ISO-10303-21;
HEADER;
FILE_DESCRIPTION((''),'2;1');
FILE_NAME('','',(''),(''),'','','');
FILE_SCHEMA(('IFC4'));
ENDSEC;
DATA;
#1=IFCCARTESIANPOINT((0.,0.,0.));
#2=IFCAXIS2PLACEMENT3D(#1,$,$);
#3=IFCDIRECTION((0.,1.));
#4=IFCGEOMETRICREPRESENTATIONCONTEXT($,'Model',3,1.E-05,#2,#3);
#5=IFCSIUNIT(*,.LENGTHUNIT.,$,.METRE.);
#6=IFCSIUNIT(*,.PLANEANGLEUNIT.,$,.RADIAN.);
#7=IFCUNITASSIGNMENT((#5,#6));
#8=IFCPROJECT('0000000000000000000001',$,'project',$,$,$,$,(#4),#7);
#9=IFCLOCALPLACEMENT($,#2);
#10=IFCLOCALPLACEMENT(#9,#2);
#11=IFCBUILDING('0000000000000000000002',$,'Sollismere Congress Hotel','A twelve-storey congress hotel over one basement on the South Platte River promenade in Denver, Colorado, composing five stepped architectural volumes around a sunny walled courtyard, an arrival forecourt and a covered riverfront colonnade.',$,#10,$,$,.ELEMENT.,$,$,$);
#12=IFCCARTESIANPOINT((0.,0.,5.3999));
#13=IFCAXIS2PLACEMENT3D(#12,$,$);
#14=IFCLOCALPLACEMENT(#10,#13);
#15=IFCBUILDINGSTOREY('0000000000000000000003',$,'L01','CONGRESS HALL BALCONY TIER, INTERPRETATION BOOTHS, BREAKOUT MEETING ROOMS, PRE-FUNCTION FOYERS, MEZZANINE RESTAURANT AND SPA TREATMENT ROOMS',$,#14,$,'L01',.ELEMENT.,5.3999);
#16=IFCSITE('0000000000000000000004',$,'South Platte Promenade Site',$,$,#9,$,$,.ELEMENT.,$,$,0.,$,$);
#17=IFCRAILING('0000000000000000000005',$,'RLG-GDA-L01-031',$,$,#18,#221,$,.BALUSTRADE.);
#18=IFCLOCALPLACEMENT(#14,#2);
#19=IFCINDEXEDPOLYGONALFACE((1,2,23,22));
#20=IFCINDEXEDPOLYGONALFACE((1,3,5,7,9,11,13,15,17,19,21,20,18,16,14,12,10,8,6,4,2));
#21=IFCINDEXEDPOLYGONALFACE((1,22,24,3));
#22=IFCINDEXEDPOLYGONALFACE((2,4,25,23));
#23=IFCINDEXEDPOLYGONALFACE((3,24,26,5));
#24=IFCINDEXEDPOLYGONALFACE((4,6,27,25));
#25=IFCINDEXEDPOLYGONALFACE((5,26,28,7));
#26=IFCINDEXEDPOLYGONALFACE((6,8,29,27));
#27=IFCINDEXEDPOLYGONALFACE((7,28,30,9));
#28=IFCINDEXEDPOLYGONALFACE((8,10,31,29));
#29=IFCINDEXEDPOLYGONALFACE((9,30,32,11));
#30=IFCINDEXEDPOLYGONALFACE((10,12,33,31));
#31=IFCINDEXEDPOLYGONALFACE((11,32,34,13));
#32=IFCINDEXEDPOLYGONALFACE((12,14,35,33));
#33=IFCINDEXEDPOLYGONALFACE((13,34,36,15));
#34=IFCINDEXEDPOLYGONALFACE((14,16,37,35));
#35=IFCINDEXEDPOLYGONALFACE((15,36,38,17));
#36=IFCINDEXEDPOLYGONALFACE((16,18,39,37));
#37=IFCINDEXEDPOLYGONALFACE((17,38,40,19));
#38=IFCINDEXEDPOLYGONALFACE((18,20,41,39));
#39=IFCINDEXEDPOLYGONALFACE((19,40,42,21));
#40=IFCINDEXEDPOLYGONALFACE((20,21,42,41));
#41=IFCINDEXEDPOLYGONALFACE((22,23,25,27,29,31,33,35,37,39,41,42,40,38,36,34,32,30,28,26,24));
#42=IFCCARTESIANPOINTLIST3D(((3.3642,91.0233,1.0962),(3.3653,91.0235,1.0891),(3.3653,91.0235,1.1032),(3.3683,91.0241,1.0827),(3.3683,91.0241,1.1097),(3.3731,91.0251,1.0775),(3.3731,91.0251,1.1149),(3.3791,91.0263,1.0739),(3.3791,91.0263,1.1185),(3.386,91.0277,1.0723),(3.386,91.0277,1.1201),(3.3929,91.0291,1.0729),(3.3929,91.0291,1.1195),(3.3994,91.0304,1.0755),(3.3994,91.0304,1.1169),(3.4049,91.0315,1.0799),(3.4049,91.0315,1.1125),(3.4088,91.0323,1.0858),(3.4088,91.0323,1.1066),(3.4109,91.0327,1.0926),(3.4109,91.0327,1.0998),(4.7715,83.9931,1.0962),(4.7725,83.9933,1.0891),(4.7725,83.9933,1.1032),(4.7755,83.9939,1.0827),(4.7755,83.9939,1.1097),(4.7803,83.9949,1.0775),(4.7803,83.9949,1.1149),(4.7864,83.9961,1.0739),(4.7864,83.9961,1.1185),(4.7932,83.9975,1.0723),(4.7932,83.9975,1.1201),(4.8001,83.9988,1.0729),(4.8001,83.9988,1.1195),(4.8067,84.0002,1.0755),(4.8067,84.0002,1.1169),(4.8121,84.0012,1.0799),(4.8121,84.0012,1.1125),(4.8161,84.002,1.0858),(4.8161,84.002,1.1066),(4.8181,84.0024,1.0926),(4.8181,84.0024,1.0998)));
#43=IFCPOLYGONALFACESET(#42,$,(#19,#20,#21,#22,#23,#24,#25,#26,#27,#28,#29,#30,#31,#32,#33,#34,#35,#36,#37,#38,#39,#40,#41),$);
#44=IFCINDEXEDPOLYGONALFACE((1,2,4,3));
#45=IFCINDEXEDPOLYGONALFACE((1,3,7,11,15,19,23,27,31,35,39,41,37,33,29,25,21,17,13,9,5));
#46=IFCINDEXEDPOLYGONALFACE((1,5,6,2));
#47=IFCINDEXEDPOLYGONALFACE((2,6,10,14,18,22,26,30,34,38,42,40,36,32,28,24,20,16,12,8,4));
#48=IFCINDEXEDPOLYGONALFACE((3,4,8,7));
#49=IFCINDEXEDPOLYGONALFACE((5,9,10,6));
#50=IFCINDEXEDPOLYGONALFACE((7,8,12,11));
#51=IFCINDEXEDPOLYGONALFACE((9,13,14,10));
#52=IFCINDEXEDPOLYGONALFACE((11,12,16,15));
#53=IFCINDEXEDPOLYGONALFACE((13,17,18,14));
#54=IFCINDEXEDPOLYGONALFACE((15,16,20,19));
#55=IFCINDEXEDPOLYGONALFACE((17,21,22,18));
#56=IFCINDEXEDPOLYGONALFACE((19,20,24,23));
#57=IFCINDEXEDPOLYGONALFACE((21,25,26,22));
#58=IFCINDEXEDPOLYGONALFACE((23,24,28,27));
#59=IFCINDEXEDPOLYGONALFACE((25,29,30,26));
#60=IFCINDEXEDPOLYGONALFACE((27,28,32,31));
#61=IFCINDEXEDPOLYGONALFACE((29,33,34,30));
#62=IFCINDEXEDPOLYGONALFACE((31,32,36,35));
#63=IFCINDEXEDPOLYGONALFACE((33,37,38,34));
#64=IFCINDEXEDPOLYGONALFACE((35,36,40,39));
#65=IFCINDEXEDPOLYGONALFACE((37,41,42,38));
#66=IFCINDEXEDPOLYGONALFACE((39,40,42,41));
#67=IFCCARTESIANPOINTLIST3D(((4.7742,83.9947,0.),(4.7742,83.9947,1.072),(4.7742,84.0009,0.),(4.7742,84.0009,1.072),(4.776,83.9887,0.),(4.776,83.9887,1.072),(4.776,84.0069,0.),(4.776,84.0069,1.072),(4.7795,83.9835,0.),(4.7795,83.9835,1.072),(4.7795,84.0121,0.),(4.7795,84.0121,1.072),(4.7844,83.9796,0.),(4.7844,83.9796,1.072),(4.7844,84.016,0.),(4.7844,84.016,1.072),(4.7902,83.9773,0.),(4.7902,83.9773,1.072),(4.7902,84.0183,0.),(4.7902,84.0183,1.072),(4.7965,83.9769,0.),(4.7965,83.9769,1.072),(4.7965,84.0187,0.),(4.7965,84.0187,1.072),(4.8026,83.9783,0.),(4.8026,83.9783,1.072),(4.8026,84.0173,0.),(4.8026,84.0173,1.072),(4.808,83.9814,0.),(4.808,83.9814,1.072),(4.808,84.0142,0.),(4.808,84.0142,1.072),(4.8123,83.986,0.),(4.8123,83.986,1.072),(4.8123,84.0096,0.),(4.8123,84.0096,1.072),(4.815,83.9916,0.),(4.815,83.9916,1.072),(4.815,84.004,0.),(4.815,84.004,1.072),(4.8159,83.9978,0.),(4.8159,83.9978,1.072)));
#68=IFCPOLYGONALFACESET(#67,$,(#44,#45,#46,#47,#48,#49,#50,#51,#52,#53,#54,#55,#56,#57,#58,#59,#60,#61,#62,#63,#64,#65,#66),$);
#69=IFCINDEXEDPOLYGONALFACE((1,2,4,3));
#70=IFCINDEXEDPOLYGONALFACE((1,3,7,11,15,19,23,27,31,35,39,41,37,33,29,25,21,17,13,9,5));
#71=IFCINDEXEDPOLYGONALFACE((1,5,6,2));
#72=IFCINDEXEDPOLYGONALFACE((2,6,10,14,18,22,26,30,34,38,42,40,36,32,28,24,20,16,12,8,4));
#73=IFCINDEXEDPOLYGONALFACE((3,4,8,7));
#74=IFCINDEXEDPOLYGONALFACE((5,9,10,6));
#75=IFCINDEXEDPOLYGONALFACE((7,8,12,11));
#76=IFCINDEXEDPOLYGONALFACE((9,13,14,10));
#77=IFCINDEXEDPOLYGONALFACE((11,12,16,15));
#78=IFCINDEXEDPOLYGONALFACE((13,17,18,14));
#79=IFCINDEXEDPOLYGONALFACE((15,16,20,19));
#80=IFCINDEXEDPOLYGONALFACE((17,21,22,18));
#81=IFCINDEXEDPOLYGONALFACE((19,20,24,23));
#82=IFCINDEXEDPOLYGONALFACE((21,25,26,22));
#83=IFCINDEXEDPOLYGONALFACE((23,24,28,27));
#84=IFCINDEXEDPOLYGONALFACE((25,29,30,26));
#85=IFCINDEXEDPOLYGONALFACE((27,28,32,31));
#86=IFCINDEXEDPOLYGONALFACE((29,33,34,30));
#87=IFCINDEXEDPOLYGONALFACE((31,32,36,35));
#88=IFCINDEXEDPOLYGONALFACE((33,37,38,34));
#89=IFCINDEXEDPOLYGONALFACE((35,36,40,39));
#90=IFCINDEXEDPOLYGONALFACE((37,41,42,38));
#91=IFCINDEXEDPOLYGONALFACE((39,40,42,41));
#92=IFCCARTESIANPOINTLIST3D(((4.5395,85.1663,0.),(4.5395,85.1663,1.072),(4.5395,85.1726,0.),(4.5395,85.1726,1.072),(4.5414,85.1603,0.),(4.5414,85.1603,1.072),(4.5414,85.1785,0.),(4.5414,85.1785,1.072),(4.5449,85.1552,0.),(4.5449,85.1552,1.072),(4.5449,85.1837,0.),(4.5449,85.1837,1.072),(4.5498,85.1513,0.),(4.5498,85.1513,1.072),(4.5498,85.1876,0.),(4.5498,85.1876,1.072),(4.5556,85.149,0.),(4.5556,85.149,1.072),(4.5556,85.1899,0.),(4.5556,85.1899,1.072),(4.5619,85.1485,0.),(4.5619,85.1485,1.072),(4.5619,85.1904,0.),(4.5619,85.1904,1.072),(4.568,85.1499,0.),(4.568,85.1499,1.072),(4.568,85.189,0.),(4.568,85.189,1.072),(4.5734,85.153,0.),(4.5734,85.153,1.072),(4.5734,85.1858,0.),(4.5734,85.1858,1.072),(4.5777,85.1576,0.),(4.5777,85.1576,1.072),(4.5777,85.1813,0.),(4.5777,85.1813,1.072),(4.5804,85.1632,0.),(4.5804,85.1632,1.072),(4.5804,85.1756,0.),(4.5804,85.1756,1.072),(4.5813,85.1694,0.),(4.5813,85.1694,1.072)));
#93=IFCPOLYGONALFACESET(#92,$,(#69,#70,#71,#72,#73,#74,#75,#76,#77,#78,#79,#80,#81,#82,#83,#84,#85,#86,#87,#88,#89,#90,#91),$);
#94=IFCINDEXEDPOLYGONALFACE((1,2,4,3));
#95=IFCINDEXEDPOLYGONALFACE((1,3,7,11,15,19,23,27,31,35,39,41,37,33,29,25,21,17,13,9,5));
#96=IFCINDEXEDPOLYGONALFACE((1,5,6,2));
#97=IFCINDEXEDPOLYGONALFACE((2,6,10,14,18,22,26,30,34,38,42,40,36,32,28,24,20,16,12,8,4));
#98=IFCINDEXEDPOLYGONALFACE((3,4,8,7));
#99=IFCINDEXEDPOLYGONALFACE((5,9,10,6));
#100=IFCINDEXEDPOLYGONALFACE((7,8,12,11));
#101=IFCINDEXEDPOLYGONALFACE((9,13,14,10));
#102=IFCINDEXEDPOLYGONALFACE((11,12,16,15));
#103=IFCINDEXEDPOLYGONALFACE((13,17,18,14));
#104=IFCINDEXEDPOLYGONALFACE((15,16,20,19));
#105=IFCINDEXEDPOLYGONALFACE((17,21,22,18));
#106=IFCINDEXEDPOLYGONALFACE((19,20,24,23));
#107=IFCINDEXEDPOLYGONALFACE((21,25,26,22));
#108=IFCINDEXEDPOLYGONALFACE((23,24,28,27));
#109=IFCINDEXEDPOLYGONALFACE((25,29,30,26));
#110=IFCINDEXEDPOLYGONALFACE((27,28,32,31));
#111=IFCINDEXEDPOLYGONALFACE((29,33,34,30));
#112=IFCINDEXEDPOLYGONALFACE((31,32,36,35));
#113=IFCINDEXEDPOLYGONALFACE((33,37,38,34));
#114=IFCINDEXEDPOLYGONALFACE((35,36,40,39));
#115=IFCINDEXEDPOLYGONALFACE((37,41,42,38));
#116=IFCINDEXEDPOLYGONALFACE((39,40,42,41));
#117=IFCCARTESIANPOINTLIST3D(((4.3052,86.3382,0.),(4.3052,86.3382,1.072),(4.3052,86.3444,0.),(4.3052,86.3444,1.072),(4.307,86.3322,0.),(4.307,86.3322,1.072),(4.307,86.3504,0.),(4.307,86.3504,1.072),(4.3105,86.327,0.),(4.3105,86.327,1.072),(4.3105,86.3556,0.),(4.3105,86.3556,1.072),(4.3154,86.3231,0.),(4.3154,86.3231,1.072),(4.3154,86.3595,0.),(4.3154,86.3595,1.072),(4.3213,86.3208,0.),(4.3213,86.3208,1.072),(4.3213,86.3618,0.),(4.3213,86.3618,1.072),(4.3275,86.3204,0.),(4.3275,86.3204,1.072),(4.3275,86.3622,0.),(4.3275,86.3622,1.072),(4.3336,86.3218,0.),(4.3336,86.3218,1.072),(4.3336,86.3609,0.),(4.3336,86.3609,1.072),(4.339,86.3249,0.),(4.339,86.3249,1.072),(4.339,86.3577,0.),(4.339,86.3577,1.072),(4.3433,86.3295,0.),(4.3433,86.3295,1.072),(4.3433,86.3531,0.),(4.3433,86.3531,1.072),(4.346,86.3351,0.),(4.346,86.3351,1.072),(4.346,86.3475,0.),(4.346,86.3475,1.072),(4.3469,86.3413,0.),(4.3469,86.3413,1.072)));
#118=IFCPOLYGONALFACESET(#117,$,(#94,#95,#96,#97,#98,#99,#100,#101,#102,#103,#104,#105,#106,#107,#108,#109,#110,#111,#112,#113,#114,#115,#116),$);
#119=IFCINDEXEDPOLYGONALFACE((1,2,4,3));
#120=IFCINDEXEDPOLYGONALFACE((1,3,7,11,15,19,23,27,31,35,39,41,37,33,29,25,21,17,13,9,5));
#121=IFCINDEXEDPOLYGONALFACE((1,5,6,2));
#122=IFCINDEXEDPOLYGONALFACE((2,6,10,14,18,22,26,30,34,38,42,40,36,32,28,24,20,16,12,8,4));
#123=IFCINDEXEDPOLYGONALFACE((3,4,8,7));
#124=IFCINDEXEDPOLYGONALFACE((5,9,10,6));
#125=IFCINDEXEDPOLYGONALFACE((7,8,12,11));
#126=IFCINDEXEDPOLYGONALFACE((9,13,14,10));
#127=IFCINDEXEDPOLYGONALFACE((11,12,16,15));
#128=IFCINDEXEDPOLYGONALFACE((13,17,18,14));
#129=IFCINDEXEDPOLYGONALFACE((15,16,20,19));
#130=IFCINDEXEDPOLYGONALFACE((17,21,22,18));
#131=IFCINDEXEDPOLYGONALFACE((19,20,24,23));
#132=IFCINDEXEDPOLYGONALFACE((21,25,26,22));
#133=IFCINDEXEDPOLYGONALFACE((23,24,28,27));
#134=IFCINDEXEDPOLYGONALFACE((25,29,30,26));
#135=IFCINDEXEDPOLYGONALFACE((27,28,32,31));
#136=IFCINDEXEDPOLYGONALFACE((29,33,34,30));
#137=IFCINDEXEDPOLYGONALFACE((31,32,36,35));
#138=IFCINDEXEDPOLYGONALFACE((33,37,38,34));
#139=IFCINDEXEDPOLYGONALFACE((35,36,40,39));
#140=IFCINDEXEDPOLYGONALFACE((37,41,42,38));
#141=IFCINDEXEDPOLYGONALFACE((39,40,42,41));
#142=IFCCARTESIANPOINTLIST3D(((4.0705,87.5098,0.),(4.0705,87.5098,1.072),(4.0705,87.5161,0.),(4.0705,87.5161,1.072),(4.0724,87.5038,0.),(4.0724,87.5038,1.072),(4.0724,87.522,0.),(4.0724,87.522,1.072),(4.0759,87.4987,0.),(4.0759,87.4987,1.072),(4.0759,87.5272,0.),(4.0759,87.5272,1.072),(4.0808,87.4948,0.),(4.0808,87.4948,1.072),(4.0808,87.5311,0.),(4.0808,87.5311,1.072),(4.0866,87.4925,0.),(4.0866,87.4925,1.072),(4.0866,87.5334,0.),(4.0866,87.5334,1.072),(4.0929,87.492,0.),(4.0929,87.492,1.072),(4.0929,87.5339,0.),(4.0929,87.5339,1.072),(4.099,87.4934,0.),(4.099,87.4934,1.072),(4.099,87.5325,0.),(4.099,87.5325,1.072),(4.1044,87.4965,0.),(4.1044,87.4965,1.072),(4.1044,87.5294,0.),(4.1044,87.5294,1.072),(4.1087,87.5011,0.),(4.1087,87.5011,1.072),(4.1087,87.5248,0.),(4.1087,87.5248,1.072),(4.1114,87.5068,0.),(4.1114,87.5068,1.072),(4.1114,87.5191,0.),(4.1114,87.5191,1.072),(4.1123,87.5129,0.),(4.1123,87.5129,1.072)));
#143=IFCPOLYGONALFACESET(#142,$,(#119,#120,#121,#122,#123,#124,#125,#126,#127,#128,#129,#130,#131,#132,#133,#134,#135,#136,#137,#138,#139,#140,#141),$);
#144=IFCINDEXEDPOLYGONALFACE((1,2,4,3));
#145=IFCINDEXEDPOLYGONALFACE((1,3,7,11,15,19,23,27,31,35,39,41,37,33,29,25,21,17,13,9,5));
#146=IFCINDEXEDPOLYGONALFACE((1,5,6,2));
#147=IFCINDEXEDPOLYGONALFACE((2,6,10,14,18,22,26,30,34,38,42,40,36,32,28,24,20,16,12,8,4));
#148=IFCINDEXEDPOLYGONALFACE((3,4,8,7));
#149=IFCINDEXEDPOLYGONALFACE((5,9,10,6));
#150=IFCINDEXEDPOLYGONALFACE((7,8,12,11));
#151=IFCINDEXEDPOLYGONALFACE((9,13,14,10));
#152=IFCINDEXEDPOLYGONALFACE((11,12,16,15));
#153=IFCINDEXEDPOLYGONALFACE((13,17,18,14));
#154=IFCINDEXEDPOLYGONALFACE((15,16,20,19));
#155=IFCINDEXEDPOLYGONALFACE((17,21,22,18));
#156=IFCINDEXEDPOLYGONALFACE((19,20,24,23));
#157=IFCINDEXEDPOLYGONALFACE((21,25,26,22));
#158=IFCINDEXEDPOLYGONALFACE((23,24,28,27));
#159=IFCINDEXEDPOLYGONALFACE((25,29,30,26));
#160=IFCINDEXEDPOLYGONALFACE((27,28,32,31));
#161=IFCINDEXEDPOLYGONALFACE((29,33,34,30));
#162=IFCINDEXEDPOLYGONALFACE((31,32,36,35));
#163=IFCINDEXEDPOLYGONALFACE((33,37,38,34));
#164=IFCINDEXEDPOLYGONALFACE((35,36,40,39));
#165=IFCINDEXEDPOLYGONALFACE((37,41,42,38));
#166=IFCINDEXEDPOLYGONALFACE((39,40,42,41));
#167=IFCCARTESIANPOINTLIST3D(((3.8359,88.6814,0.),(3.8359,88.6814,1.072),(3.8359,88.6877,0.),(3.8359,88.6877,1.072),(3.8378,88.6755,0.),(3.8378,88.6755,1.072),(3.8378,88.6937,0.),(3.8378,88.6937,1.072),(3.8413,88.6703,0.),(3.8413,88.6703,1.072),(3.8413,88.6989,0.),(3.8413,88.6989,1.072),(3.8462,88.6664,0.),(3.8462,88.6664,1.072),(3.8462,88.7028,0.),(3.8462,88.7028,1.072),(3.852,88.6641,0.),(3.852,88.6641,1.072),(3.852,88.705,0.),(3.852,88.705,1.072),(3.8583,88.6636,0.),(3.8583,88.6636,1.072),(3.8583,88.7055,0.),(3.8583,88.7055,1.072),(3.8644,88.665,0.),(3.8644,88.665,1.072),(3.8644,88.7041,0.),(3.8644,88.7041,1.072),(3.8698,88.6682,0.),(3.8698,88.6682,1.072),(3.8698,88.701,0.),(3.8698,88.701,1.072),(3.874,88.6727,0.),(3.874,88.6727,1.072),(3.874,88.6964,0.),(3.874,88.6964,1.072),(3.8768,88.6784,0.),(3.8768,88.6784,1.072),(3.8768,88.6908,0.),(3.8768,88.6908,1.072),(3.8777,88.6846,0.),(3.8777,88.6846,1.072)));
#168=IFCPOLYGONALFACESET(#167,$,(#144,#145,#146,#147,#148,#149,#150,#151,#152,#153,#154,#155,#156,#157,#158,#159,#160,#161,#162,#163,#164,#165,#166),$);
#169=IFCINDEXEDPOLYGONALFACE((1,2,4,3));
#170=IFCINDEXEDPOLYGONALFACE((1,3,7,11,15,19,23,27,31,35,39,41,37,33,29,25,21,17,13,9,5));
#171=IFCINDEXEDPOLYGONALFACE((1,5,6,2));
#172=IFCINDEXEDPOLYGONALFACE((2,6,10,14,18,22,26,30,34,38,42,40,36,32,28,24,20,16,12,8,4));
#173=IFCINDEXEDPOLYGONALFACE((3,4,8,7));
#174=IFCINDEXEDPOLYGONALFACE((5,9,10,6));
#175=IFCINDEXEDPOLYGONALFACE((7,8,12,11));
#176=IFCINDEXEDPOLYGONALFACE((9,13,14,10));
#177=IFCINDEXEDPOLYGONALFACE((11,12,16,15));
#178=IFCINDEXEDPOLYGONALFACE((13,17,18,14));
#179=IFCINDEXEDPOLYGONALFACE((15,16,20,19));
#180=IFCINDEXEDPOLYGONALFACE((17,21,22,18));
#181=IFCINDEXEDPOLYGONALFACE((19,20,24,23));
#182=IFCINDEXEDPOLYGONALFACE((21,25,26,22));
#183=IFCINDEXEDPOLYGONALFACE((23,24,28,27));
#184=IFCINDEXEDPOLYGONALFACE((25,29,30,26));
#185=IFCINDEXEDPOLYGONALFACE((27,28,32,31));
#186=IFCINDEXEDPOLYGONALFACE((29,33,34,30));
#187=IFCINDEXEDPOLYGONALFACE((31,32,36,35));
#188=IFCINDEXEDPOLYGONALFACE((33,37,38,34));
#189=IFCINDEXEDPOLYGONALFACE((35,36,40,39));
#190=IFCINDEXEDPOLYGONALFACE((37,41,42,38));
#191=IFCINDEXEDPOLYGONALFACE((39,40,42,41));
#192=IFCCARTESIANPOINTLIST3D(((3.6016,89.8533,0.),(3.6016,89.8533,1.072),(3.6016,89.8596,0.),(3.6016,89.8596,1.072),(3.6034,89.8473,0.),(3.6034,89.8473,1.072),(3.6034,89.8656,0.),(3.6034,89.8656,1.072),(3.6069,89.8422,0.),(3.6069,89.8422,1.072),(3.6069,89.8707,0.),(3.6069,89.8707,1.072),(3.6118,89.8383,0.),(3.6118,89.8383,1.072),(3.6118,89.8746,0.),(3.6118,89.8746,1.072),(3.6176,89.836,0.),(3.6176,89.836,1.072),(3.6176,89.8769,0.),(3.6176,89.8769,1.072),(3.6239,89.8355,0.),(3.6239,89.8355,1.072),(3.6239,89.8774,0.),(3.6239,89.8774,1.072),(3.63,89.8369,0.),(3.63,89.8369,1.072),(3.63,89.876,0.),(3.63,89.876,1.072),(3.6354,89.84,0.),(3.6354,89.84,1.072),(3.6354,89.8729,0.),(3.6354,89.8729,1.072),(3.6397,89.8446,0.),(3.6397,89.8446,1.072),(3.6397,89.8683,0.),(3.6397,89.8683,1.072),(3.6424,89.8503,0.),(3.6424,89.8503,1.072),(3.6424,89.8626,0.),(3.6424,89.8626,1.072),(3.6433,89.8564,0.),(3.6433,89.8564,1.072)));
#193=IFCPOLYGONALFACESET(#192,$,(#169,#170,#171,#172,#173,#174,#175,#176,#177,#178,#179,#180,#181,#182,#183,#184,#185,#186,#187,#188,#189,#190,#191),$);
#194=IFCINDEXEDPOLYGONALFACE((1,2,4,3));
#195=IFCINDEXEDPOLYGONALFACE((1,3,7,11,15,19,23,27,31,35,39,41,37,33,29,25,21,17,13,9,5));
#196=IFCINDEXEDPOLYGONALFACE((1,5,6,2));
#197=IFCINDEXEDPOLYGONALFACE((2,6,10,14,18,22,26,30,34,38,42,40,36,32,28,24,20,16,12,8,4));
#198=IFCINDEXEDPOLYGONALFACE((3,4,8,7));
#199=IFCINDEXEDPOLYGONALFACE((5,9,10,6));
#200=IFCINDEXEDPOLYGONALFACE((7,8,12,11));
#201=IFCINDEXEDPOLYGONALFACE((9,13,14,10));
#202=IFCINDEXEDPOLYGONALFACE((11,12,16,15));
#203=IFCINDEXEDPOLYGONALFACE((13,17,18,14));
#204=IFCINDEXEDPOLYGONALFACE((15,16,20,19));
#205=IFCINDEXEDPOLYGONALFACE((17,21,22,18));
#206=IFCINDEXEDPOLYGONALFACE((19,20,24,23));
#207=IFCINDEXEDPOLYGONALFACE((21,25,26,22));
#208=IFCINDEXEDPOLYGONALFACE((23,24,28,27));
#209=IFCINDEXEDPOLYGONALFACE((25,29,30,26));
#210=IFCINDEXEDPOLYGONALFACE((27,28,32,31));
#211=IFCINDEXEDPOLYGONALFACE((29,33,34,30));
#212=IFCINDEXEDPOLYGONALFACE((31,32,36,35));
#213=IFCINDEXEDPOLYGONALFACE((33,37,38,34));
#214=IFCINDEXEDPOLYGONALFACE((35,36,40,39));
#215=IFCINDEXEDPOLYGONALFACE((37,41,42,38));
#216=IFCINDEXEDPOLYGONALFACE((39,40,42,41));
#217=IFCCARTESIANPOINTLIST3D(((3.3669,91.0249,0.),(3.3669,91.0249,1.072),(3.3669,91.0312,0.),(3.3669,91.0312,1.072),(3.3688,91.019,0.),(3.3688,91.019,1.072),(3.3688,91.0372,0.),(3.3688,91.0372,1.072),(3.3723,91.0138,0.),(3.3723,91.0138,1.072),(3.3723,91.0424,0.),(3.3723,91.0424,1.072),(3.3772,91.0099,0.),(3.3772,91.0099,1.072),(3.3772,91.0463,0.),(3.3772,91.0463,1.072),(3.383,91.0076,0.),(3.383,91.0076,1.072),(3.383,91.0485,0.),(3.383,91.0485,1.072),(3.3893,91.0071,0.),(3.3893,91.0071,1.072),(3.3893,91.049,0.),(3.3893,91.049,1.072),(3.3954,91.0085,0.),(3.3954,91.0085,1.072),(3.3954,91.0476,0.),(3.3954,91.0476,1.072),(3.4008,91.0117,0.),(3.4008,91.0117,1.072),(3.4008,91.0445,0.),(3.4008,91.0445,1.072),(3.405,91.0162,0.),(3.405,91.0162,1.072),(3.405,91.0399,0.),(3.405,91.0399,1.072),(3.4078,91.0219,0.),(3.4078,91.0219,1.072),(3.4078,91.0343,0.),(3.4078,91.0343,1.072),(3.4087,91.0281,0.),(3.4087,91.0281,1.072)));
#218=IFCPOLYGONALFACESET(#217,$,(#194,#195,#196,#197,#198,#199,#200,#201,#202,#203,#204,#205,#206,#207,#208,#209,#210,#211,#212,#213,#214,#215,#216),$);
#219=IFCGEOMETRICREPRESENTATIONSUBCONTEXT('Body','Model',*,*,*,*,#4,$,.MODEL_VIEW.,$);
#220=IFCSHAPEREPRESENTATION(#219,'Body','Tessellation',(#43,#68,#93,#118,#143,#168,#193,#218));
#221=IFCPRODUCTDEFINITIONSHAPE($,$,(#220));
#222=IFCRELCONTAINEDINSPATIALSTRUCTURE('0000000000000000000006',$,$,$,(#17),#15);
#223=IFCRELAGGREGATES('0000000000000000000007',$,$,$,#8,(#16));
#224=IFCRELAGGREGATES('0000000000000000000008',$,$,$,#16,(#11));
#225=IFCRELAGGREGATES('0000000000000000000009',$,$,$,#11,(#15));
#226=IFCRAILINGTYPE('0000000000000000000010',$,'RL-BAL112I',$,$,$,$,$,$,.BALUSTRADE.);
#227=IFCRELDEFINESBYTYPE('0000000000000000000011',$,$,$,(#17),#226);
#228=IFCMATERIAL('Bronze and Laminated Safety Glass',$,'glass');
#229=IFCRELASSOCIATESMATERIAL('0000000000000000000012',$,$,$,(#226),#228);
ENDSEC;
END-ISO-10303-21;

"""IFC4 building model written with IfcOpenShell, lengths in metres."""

from ifc_helpers import new_model, si_unit, direction, frame, origin, origin_2d, place, context, subcontext, project, spatial, circle, extrude, material, type_object, element, save


model = new_model("IFC4")

# Units and contexts
model_context = context("Model", 3, precision=1e-05, world=origin(), true_north=direction((0.0, 1.0)))
body_context = subcontext(model_context, "Body", "Model", "MODEL_VIEW")
ifc_project = project(units=[si_unit("LENGTHUNIT", "METRE"), si_unit("PLANEANGLEUNIT", "RADIAN")], contexts=[model_context])

# Site, building, storey
site_placement = place(None, origin())
site = spatial("IfcSite", under=ifc_project, at=site_placement, Name="South Platte Promenade Site", CompositionType="ELEMENT", RefElevation=0.0)
building_placement = place(site_placement, origin())
building = spatial("IfcBuilding", under=site, at=building_placement, Name="Sollismere Congress Hotel", Description="A twelve-storey congress hotel over one basement on the South Platte River promenade in Denver, Colorado, composing five stepped architectural volumes around a sunny walled courtyard, an arrival forecourt and a covered riverfront colonnade.", CompositionType="ELEMENT")
storey_placement = place(building_placement, frame((0.0, 0.0, 5.3999)))
storey = spatial("IfcBuildingStorey", under=building, at=storey_placement, Name="L01", Description="CONGRESS HALL BALCONY TIER, INTERPRETATION BOOTHS, BREAKOUT MEETING ROOMS, PRE-FUNCTION FOYERS, MEZZANINE RESTAURANT AND SPA TREATMENT ROOMS", LongName="L01", CompositionType="ELEMENT", Elevation=5.3999)

# Railing
ifc_material_1 = material(Name="Bronze and Laminated Safety Glass", Category="glass")
railing_type = type_object("IfcRailingType", Name="RL-BAL112I", PredefinedType="BALUSTRADE", material=ifc_material_1)
railing_1_placement = place(storey_placement, frame((4.7949, 83.9978, 0.0)))
element("IfcRailing", 1, at=railing_1_placement, inside=storey, type_object=railing_type, Name="RLG-GDA-L01-031", PredefinedType="BALUSTRADE", context=body_context, shape_type="SweptSolid", body=[
    extrude(circle(Radius=0.0239, at=origin_2d()), frame((0.0, 0.0, 1.0962), z_axis=(-0.196273, 0.980549, 0.0), x_axis=(-0.980549, -0.196273, 0.0)), (0.0, 0.0, 1.0), 7.1697),
    extrude(circle(Radius=0.021, at=origin_2d()), origin(), (0.0, 0.0, 1.0), 1.072),
    extrude(circle(Radius=0.021, at=origin_2d()), frame((-0.2346, 1.1716, 0.0)), (0.0, 0.0, 1.0), 1.072),
    extrude(circle(Radius=0.021, at=origin_2d()), frame((-0.469, 2.3435, 0.0)), (0.0, 0.0, 1.0), 1.072),
    extrude(circle(Radius=0.021, at=origin_2d()), frame((-0.7036, 3.5151, 0.0)), (0.0, 0.0, 1.0), 1.072),
    extrude(circle(Radius=0.021, at=origin_2d()), frame((-0.9382, 4.6868, 0.0)), (0.0, 0.0, 1.0), 1.072),
    extrude(circle(Radius=0.021, at=origin_2d()), frame((-1.1726, 5.8586, 0.0)), (0.0, 0.0, 1.0), 1.072),
    extrude(circle(Radius=0.021, at=origin_2d()), frame((-1.4072, 7.0303, 0.0)), (0.0, 0.0, 1.0), 1.072),
])

save(model, "model.ifc")
